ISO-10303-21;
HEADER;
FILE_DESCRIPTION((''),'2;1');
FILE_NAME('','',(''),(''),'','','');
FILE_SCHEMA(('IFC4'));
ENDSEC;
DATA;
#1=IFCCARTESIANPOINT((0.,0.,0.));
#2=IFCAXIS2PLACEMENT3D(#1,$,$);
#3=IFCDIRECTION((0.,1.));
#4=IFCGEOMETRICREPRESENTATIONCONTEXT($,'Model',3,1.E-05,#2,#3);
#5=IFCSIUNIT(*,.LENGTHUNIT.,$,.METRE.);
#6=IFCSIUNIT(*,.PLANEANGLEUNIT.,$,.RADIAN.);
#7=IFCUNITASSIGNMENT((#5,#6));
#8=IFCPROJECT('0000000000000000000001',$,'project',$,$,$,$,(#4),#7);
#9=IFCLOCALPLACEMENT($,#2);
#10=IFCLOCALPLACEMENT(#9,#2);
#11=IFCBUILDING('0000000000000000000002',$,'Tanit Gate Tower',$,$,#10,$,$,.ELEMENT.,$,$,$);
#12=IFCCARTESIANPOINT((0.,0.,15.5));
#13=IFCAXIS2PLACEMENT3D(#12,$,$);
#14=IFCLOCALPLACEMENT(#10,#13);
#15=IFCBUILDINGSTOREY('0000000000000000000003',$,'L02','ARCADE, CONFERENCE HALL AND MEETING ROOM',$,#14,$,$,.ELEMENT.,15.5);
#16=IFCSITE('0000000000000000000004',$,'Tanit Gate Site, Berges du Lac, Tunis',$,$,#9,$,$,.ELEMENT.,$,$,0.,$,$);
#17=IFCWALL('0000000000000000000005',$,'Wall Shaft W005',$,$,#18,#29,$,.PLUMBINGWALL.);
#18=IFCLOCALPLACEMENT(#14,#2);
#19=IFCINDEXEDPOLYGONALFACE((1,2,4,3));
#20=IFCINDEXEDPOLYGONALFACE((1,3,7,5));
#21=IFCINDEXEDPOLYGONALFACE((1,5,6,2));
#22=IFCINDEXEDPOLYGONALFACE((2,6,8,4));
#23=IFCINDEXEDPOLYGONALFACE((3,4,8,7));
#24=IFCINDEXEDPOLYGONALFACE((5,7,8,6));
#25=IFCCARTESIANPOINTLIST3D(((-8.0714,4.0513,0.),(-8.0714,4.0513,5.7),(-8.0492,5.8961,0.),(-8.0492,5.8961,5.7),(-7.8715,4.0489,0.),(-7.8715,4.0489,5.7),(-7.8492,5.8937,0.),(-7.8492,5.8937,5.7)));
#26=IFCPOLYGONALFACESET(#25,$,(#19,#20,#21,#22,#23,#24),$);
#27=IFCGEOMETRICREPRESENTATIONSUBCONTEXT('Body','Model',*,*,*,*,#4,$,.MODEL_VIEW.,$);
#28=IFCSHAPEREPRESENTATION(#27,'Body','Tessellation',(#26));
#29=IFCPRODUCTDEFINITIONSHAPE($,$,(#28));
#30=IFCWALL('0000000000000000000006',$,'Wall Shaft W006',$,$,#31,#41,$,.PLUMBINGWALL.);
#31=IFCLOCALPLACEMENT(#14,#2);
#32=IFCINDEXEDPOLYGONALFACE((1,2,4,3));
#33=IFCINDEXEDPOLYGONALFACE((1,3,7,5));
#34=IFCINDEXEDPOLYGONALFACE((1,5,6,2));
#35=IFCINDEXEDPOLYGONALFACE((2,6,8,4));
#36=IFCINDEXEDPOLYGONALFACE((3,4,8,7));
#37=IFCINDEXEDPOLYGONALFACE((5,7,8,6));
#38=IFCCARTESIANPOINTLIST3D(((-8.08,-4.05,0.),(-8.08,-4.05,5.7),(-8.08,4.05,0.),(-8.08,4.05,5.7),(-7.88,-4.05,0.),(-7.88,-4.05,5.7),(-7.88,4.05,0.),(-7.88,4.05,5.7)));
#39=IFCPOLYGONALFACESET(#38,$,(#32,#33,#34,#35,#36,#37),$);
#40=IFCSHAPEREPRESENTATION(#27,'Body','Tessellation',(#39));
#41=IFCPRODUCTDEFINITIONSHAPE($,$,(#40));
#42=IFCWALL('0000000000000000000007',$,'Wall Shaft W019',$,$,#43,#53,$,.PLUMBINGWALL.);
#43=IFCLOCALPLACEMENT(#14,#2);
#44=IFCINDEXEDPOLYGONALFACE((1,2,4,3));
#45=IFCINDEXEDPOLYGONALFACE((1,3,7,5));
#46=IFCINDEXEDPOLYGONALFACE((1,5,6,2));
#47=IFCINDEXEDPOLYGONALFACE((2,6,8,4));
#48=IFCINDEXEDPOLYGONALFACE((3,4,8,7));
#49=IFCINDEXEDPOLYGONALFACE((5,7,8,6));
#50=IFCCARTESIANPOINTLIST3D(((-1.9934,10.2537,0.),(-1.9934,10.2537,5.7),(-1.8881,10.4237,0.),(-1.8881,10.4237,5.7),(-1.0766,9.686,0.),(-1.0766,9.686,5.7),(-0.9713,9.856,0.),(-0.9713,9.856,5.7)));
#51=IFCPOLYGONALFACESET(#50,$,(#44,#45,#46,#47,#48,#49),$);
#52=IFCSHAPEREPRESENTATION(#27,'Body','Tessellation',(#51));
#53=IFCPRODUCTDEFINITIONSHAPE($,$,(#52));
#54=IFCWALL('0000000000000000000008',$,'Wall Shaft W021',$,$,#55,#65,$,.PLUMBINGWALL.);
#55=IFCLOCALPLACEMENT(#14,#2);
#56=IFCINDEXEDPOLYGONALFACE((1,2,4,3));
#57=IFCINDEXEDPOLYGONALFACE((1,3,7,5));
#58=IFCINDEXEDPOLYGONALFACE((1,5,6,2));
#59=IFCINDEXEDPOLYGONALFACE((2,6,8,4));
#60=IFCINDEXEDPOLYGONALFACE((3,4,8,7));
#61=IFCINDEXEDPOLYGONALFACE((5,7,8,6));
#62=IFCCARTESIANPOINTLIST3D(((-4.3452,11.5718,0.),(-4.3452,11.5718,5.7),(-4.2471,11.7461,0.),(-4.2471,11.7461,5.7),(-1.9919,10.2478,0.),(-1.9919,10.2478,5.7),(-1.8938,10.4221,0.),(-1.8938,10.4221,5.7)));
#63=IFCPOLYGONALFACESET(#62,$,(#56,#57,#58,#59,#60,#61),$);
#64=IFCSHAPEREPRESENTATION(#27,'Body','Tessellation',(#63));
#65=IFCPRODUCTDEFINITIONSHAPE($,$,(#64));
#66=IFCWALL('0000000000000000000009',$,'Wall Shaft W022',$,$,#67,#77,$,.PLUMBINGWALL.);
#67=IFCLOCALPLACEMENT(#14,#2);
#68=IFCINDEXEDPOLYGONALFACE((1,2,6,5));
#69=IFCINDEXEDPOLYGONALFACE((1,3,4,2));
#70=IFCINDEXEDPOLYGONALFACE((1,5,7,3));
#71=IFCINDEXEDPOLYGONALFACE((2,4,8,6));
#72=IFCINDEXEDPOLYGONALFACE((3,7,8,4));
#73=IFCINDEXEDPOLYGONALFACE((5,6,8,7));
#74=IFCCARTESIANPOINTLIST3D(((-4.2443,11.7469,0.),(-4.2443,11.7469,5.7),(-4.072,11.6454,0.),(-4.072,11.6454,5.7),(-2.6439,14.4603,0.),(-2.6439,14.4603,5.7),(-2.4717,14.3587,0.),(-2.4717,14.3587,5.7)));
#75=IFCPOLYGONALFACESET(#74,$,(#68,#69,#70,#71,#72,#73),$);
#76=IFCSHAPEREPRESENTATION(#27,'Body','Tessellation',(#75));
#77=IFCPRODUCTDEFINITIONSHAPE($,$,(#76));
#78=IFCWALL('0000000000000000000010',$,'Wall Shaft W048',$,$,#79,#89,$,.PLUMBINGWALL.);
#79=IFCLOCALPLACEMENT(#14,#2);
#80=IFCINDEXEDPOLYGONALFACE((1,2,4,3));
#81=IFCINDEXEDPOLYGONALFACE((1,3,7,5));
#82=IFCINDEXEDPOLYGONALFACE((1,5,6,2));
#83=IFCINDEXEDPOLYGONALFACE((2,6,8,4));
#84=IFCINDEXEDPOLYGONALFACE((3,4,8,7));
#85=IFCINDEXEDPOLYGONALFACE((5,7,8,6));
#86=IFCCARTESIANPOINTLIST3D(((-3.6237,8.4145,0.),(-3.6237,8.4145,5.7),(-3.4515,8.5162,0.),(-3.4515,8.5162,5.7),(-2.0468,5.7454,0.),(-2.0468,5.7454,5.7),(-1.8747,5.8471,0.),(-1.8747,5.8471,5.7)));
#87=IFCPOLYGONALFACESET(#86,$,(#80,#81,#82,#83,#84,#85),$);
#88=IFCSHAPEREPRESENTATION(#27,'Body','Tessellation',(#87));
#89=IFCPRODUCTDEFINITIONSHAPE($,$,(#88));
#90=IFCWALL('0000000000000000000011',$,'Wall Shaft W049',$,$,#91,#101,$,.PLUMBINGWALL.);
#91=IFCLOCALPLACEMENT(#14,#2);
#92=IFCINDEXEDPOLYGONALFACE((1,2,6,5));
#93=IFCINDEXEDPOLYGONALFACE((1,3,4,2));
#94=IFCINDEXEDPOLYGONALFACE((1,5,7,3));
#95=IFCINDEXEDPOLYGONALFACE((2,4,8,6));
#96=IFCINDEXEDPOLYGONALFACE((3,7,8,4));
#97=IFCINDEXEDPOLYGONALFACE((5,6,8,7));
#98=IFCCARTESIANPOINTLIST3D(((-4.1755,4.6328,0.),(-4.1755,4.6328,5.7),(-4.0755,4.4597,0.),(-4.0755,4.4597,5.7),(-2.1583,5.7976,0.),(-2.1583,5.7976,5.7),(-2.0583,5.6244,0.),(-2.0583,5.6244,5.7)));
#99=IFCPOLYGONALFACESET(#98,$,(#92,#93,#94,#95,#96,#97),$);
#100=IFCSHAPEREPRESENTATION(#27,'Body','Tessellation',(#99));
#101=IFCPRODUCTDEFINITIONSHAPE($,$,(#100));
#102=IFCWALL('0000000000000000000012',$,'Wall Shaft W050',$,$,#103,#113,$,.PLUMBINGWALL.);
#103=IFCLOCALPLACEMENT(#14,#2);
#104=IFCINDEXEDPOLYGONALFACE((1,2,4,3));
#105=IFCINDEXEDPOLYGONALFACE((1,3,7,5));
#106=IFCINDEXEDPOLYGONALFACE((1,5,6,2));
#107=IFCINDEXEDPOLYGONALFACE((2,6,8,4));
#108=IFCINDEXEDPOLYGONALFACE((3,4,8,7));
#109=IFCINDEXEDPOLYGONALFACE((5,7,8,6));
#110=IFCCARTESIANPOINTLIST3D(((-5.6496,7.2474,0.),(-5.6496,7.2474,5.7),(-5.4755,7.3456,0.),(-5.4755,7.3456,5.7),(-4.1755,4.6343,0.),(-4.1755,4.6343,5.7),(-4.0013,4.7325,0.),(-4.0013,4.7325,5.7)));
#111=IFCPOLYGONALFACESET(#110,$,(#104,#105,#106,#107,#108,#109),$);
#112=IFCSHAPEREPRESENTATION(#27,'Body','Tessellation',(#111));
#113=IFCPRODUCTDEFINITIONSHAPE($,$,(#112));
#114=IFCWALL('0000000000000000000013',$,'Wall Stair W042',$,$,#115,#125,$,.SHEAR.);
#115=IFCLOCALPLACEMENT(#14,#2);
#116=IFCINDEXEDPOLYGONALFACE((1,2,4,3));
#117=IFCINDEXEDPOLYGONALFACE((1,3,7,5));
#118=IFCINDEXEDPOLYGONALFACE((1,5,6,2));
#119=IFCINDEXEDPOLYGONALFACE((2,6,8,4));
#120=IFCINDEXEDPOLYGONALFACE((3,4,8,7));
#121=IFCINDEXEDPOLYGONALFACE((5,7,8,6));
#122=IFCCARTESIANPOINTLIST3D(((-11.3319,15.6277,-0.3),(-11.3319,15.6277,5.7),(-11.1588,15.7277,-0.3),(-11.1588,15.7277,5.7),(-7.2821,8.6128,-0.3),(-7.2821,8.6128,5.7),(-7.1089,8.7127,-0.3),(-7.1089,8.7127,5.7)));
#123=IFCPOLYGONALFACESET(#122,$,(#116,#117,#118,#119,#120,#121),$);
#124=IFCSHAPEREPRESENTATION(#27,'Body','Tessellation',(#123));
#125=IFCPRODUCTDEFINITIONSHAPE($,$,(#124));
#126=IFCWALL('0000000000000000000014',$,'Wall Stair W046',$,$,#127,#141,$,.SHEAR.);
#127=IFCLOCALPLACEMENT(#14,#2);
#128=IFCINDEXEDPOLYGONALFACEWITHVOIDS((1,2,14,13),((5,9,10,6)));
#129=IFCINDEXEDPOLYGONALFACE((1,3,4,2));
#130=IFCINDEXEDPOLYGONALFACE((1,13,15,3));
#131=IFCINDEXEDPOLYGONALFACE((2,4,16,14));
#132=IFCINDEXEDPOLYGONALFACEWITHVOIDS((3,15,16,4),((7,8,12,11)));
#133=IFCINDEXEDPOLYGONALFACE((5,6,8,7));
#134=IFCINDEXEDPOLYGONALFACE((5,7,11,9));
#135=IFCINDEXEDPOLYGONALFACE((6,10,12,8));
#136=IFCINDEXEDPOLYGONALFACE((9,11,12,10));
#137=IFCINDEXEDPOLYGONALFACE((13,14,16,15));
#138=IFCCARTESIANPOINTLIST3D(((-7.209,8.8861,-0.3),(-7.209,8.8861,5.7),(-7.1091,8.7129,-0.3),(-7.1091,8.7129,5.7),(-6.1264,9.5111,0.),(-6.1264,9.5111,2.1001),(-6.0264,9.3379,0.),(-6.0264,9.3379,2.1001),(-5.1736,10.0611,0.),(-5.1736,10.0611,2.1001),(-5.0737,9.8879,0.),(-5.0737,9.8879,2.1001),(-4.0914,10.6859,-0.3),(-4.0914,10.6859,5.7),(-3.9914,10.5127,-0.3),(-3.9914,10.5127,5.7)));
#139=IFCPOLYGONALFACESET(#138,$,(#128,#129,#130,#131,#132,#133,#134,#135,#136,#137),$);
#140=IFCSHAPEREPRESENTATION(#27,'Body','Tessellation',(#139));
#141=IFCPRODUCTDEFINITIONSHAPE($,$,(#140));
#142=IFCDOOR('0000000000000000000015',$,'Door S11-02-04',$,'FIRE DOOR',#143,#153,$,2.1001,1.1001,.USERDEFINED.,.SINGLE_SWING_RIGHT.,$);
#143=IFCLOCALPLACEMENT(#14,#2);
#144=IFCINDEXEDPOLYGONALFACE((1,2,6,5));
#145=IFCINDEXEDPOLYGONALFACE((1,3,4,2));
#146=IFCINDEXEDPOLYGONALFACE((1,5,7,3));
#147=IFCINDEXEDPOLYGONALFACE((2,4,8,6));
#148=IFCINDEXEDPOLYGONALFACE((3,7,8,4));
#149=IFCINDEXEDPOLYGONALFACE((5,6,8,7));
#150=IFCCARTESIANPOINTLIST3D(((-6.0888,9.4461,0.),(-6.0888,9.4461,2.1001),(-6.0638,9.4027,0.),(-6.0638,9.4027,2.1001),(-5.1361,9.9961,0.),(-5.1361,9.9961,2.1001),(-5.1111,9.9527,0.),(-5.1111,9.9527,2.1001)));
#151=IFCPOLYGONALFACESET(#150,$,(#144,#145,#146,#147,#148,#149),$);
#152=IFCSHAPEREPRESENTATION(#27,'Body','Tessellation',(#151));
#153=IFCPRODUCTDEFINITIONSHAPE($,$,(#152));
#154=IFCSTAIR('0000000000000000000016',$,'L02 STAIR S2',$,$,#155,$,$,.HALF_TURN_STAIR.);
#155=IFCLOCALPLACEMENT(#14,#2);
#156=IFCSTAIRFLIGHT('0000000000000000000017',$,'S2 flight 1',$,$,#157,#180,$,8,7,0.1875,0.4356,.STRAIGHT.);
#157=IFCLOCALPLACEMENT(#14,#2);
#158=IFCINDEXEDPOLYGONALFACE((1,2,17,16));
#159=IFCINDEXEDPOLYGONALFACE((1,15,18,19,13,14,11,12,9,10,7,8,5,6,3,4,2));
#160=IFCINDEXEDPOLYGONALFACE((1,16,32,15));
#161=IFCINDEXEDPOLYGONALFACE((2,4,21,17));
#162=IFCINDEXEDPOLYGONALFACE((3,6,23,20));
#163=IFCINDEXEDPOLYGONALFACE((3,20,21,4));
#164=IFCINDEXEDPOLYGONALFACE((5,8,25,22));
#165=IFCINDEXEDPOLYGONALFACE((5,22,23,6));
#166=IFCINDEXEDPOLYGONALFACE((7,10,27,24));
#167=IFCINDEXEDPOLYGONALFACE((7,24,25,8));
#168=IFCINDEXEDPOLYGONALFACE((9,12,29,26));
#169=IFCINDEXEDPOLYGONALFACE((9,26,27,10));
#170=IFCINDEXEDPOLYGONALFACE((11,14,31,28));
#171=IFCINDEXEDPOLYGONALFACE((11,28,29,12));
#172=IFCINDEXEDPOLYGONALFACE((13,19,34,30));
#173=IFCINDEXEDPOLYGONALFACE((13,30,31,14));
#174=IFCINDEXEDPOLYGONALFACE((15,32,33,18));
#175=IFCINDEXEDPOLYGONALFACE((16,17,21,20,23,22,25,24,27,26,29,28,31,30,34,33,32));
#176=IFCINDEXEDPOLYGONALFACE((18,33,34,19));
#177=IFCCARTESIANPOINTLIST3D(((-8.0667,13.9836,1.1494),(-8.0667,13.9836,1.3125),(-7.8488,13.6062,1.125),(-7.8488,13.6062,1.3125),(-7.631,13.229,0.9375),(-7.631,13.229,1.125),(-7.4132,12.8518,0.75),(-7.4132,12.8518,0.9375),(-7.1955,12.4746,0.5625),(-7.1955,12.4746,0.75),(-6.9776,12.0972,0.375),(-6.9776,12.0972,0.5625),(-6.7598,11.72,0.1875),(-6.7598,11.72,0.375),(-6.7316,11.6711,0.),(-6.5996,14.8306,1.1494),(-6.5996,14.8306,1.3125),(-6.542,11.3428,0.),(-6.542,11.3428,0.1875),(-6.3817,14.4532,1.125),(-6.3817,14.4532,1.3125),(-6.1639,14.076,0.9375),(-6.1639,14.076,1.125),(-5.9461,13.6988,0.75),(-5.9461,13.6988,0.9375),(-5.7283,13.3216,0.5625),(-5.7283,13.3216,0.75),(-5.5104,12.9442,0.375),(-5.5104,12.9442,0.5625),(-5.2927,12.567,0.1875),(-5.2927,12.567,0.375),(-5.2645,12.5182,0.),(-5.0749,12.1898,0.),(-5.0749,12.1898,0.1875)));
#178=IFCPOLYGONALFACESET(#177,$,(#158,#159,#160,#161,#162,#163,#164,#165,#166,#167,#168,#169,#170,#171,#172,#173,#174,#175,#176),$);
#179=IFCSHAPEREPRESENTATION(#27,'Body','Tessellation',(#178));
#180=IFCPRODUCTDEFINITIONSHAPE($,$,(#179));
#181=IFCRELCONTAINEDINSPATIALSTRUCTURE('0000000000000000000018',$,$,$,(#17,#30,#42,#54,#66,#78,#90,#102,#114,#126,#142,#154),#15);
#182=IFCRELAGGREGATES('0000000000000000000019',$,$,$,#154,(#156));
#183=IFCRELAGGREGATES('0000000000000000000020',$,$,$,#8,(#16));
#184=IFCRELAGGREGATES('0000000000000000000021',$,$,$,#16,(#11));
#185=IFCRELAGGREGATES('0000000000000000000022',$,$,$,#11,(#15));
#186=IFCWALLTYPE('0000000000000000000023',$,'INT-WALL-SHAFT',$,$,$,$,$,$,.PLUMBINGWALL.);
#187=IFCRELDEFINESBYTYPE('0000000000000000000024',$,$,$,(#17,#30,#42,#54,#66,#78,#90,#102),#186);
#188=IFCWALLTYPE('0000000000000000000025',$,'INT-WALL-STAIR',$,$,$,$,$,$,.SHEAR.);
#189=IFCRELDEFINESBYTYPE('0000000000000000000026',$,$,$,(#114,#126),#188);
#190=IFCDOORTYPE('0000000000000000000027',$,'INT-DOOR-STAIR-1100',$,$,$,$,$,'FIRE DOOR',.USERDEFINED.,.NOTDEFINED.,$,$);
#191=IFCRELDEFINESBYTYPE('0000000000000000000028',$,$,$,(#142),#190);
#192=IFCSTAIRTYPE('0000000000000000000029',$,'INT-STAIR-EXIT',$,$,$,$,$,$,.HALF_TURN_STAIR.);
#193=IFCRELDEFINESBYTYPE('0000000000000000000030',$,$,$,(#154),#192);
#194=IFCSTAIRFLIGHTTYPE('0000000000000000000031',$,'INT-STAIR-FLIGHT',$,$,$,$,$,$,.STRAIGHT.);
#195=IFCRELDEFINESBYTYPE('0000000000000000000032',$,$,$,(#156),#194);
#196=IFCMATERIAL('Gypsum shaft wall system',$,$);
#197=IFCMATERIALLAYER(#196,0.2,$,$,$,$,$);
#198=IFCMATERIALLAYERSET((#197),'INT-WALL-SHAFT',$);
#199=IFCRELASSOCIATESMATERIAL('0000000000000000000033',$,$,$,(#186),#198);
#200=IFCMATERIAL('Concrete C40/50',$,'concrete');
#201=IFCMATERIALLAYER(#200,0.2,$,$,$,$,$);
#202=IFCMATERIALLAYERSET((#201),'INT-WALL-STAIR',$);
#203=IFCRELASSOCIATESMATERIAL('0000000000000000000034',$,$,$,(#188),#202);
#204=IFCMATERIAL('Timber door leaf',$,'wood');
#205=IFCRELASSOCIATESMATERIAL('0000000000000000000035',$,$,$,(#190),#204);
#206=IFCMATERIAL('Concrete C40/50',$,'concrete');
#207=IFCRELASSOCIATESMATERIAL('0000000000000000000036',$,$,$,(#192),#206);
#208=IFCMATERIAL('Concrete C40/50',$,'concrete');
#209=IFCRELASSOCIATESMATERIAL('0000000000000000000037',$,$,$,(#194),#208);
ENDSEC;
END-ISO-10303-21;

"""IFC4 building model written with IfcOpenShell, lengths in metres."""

from ifc_helpers import new_model, si_unit, direction, frame, frame_2d, origin, place, context, subcontext, project, spatial, polyline, rectangle, outline, extrude, material, layer, layer_set, type_object, element, fill, aggregate, save


model = new_model("IFC4")

# Units and contexts
model_context = context("Model", 3, precision=1e-05, world=origin(), true_north=direction((0.0, 1.0)))
body_context = subcontext(model_context, "Body", "Model", "MODEL_VIEW")
ifc_project = project(units=[si_unit("LENGTHUNIT", "METRE"), si_unit("PLANEANGLEUNIT", "RADIAN")], contexts=[model_context])

# Site, building, storey
site_placement = place(None, origin())
site = spatial("IfcSite", under=ifc_project, at=site_placement, Name="Tanit Gate Site, Berges du Lac, Tunis", CompositionType="ELEMENT", RefElevation=0.0)
building_placement = place(site_placement, origin())
building = spatial("IfcBuilding", under=site, at=building_placement, Name="Tanit Gate Tower", CompositionType="ELEMENT")
storey_placement = place(building_placement, frame((0.0, 0.0, 15.5)))
storey = spatial("IfcBuildingStorey", under=building, at=storey_placement, Name="L02", Description="ARCADE, CONFERENCE HALL AND MEETING ROOM", CompositionType="ELEMENT", Elevation=15.5)

# Walls
ifc_material_1 = material(Name="Gypsum shaft wall system")
ifc_layer_1 = layer(ifc_material_1, 0.2)
ifc_layer_set_1 = layer_set([ifc_layer_1], Name="INT-WALL-SHAFT")
wall_type_1 = type_object("IfcWallType", Name="INT-WALL-SHAFT", PredefinedType="PLUMBINGWALL", material=ifc_layer_set_1)
wall_1_placement = place(storey_placement, frame((-7.9492, 5.8948, 0.0), z_axis=(0.0, 0.0, 1.0), x_axis=(-0.012043, -0.999927, 0.0)))
element("IfcWall", 1, at=wall_1_placement, inside=storey, type_object=wall_type_1, Name="Wall Shaft W005", PredefinedType="PLUMBINGWALL", context=body_context, shape_type="SweptSolid", body=[
    extrude(rectangle(XDim=1.845, YDim=0.2, at=frame_2d((0.9224, 0.0))), origin(), (0.0, 0.0, 1.0), 5.7),
])
wall_2_placement = place(storey_placement, frame((-7.98, 4.05, 0.0), z_axis=(0.0, 0.0, 1.0), x_axis=(0.0, -1.0, 0.0)))
element("IfcWall", 2, at=wall_2_placement, inside=storey, type_object=wall_type_1, Name="Wall Shaft W006", PredefinedType="PLUMBINGWALL", context=body_context, shape_type="SweptSolid", body=[
    extrude(rectangle(XDim=8.1001, YDim=0.2, at=frame_2d((4.05, 0.0))), origin(), (0.0, 0.0, 1.0), 5.7),
])
wall_3_placement = place(storey_placement, frame((-1.9407, 10.3386, 0.0), z_axis=(0.0, 0.0, 1.0), x_axis=(0.850217, -0.526433, 0.0)))
element("IfcWall", 3, at=wall_3_placement, inside=storey, type_object=wall_type_1, Name="Wall Shaft W019", PredefinedType="PLUMBINGWALL", context=body_context, shape_type="SweptSolid", body=[
    extrude(rectangle(XDim=1.0784, YDim=0.2, at=frame_2d((0.5391, 0.0))), origin(), (0.0, 0.0, 1.0), 5.7),
])
wall_4_placement = place(storey_placement, frame((-4.2961, 11.6589, 0.0), z_axis=(0.0, 0.0, 1.0), x_axis=(0.871534, -0.490334, 0.0)))
element("IfcWall", 4, at=wall_4_placement, inside=storey, type_object=wall_type_1, Name="Wall Shaft W021", PredefinedType="PLUMBINGWALL", context=body_context, shape_type="SweptSolid", body=[
    extrude(rectangle(XDim=2.7002, YDim=0.2, at=frame_2d((1.3501, 0.0))), origin(), (0.0, 0.0, 1.0), 5.7),
])
wall_5_placement = place(storey_placement, frame((-4.1582, 11.696, 0.0), z_axis=(0.0, 0.0, 1.0), x_axis=(0.508019, 0.861346, 0.0)))
element("IfcWall", 5, at=wall_5_placement, inside=storey, type_object=wall_type_1, Name="Wall Shaft W022", PredefinedType="PLUMBINGWALL", context=body_context, shape_type="SweptSolid", body=[
    extrude(rectangle(XDim=3.1501, YDim=0.2, at=frame_2d((1.5752, 0.0))), origin(), (0.0, 0.0, 1.0), 5.7),
])

# Walls
wall_6_placement = place(storey_placement, frame((-3.5376, 8.4653, 0.0), z_axis=(0.0, 0.0, 1.0), x_axis=(0.508647, -0.860975, 0.0)))
element("IfcWall", 6, at=wall_6_placement, inside=storey, type_object=wall_type_1, Name="Wall Shaft W048", PredefinedType="PLUMBINGWALL", context=body_context, shape_type="SweptSolid", body=[
    extrude(rectangle(XDim=3.1001, YDim=0.2, at=frame_2d((1.55, 0.0))), origin(), (0.0, 0.0, 1.0), 5.7),
])
wall_7_placement = place(storey_placement, frame((-2.1084, 5.7109, 0.0), z_axis=(0.0, 0.0, 1.0), x_axis=(-0.866009, -0.500028, 0.0)))
element("IfcWall", 7, at=wall_7_placement, inside=storey, type_object=wall_type_1, Name="Wall Shaft W049", PredefinedType="PLUMBINGWALL", context=body_context, shape_type="SweptSolid", body=[
    extrude(rectangle(XDim=2.3293, YDim=0.2, at=frame_2d((1.1646, 0.0))), origin(), (0.0, 0.0, 1.0), 5.7),
])
wall_8_placement = place(storey_placement, frame((-5.5625, 7.2964, 0.0), z_axis=(0.0, 0.0, 1.0), x_axis=(0.491347, -0.870964, 0.0)))
element("IfcWall", 8, at=wall_8_placement, inside=storey, type_object=wall_type_1, Name="Wall Shaft W050", PredefinedType="PLUMBINGWALL", context=body_context, shape_type="SweptSolid", body=[
    extrude(rectangle(XDim=3.0002, YDim=0.2, at=frame_2d((1.5, 0.0))), origin(), (0.0, 0.0, 1.0), 5.7),
])
ifc_material_2 = material(Name="Concrete C40/50", Category="concrete")
ifc_layer_2 = layer(ifc_material_2, 0.2)
ifc_layer_set_2 = layer_set([ifc_layer_2], Name="INT-WALL-STAIR")
wall_type_2 = type_object("IfcWallType", Name="INT-WALL-STAIR", PredefinedType="SHEAR", material=ifc_layer_set_2)
wall_9_placement = place(storey_placement, frame((-11.2454, 15.6777, -0.3), z_axis=(0.0, 0.0, 1.0), x_axis=(0.499977, -0.866039, 0.0)))
element("IfcWall", 9, at=wall_9_placement, inside=storey, type_object=wall_type_2, Name="Wall Stair W042", PredefinedType="SHEAR", context=body_context, shape_type="SweptSolid", body=[
    extrude(rectangle(XDim=8.1001, YDim=0.2, at=frame_2d((4.05, 0.0))), origin(), (0.0, 0.0, 1.0), 6.0),
])

# Wall, opening, door
wall_10_placement = place(storey_placement, frame((-7.1589, 8.7996, -0.3), z_axis=(0.0, 0.0, 1.0), x_axis=(0.866048, 0.499961, 0.0)))
wall_10 = element("IfcWall", 10, at=wall_10_placement, inside=storey, type_object=wall_type_2, Name="Wall Stair W046", PredefinedType="SHEAR", context=body_context, shape_type="SweptSolid", body=[
    extrude(rectangle(XDim=3.5999, YDim=0.2, at=frame_2d((1.7998, 0.0))), origin(), (0.0, 0.0, 1.0), 6.0),
])
opening_1_placement = place(wall_10_placement, frame((1.25, 0.0, 0.3)))
opening_1 = element("IfcOpeningElement", 11, at=opening_1_placement, cuts=wall_10, PredefinedType="OPENING", context=body_context, shape_type="SweptSolid", body=[
    extrude(rectangle(XDim=1.1001, YDim=2.1001, at=frame_2d((0.55, 1.05))), frame((0.0, 0.1099, 0.0), z_axis=(0.0, -1.0, 0.0), x_axis=(1.0, 0.0, 0.0)), (0.0, 0.0, 1.0), 0.22),
])
ifc_material_3 = material(Name="Timber door leaf", Category="wood")
door_type_1 = type_object("IfcDoorType", Name="INT-DOOR-STAIR-1100", ElementType="FIRE DOOR", OperationType="NOTDEFINED", PredefinedType="USERDEFINED", material=ifc_material_3)
door_1_placement = place(opening_1_placement, origin())
door_1 = element("IfcDoor", 12, at=door_1_placement, inside=storey, type_object=door_type_1, Name="Door S11-02-04", ObjectType="FIRE DOOR", OperationType="SINGLE_SWING_RIGHT", OverallHeight=2.1001, OverallWidth=1.1001, PredefinedType="USERDEFINED", context=body_context, shape_type="SweptSolid", body=[
    extrude(rectangle(XDim=1.1001, YDim=2.1001, at=frame_2d((0.55, 1.05))), frame((0.0, 0.0249, 0.0), z_axis=(0.0, -1.0, 0.0), x_axis=(1.0, 0.0, 0.0)), (0.0, 0.0, 1.0), 0.05),
])
fill(opening_1, door_1)

# Stair, stair flight
ifc_material_4 = material(Name="Concrete C40/50", Category="concrete")
stair_type = type_object("IfcStairType", Name="INT-STAIR-EXIT", PredefinedType="HALF_TURN_STAIR", material=ifc_material_4)
stair_placement = place(storey_placement, origin())
stair = element("IfcStair", 13, at=stair_placement, inside=storey, type_object=stair_type, Name="L02 STAIR S2", PredefinedType="HALF_TURN_STAIR")
ifc_material_5 = material(Name="Concrete C40/50", Category="concrete")
stair_flight_type = type_object("IfcStairFlightType", Name="INT-STAIR-FLIGHT", PredefinedType="STRAIGHT", material=ifc_material_5)
stair_flight_1_placement = place(storey_placement, frame((-5.8083, 11.7664, 0.0), z_axis=(0.0, 0.0, 1.0), x_axis=(-0.5, 0.866025, 0.0)))
stair_flight_1 = element("IfcStairFlight", 14, at=stair_flight_1_placement, type_object=stair_flight_type, Name="S2 flight 1", NumberOfRisers=8, NumberOfTreads=7, PredefinedType="STRAIGHT", RiserHeight=0.1875, TreadLength=0.4356, context=body_context, shape_type="SweptSolid", body=[
    extrude(outline(polyline([(0.0, 0.0), (0.0, 0.1875), (0.4355, 0.1875), (0.4355, 0.375), (0.8711, 0.375), (0.8711, 0.5625), (1.3069, 0.5625), (1.3069, 0.75), (1.7424, 0.75), (1.7424, 0.9375), (2.178, 0.9375), (2.178, 1.125), (2.6135, 1.125), (2.6135, 1.3125), (3.0493, 1.3125), (3.0493, 1.5), (3.0493, 1.1494), (0.3792, 0.0), (0.0, 0.0)])), frame((0.0, 0.8472, 0.0), z_axis=(0.0, -1.0, 0.0), x_axis=(1.0, 0.0, 0.0)), (0.0, 0.0, 1.0), 1.6941),
])
aggregate(stair, [stair_flight_1])

save(model, "model.ifc")
